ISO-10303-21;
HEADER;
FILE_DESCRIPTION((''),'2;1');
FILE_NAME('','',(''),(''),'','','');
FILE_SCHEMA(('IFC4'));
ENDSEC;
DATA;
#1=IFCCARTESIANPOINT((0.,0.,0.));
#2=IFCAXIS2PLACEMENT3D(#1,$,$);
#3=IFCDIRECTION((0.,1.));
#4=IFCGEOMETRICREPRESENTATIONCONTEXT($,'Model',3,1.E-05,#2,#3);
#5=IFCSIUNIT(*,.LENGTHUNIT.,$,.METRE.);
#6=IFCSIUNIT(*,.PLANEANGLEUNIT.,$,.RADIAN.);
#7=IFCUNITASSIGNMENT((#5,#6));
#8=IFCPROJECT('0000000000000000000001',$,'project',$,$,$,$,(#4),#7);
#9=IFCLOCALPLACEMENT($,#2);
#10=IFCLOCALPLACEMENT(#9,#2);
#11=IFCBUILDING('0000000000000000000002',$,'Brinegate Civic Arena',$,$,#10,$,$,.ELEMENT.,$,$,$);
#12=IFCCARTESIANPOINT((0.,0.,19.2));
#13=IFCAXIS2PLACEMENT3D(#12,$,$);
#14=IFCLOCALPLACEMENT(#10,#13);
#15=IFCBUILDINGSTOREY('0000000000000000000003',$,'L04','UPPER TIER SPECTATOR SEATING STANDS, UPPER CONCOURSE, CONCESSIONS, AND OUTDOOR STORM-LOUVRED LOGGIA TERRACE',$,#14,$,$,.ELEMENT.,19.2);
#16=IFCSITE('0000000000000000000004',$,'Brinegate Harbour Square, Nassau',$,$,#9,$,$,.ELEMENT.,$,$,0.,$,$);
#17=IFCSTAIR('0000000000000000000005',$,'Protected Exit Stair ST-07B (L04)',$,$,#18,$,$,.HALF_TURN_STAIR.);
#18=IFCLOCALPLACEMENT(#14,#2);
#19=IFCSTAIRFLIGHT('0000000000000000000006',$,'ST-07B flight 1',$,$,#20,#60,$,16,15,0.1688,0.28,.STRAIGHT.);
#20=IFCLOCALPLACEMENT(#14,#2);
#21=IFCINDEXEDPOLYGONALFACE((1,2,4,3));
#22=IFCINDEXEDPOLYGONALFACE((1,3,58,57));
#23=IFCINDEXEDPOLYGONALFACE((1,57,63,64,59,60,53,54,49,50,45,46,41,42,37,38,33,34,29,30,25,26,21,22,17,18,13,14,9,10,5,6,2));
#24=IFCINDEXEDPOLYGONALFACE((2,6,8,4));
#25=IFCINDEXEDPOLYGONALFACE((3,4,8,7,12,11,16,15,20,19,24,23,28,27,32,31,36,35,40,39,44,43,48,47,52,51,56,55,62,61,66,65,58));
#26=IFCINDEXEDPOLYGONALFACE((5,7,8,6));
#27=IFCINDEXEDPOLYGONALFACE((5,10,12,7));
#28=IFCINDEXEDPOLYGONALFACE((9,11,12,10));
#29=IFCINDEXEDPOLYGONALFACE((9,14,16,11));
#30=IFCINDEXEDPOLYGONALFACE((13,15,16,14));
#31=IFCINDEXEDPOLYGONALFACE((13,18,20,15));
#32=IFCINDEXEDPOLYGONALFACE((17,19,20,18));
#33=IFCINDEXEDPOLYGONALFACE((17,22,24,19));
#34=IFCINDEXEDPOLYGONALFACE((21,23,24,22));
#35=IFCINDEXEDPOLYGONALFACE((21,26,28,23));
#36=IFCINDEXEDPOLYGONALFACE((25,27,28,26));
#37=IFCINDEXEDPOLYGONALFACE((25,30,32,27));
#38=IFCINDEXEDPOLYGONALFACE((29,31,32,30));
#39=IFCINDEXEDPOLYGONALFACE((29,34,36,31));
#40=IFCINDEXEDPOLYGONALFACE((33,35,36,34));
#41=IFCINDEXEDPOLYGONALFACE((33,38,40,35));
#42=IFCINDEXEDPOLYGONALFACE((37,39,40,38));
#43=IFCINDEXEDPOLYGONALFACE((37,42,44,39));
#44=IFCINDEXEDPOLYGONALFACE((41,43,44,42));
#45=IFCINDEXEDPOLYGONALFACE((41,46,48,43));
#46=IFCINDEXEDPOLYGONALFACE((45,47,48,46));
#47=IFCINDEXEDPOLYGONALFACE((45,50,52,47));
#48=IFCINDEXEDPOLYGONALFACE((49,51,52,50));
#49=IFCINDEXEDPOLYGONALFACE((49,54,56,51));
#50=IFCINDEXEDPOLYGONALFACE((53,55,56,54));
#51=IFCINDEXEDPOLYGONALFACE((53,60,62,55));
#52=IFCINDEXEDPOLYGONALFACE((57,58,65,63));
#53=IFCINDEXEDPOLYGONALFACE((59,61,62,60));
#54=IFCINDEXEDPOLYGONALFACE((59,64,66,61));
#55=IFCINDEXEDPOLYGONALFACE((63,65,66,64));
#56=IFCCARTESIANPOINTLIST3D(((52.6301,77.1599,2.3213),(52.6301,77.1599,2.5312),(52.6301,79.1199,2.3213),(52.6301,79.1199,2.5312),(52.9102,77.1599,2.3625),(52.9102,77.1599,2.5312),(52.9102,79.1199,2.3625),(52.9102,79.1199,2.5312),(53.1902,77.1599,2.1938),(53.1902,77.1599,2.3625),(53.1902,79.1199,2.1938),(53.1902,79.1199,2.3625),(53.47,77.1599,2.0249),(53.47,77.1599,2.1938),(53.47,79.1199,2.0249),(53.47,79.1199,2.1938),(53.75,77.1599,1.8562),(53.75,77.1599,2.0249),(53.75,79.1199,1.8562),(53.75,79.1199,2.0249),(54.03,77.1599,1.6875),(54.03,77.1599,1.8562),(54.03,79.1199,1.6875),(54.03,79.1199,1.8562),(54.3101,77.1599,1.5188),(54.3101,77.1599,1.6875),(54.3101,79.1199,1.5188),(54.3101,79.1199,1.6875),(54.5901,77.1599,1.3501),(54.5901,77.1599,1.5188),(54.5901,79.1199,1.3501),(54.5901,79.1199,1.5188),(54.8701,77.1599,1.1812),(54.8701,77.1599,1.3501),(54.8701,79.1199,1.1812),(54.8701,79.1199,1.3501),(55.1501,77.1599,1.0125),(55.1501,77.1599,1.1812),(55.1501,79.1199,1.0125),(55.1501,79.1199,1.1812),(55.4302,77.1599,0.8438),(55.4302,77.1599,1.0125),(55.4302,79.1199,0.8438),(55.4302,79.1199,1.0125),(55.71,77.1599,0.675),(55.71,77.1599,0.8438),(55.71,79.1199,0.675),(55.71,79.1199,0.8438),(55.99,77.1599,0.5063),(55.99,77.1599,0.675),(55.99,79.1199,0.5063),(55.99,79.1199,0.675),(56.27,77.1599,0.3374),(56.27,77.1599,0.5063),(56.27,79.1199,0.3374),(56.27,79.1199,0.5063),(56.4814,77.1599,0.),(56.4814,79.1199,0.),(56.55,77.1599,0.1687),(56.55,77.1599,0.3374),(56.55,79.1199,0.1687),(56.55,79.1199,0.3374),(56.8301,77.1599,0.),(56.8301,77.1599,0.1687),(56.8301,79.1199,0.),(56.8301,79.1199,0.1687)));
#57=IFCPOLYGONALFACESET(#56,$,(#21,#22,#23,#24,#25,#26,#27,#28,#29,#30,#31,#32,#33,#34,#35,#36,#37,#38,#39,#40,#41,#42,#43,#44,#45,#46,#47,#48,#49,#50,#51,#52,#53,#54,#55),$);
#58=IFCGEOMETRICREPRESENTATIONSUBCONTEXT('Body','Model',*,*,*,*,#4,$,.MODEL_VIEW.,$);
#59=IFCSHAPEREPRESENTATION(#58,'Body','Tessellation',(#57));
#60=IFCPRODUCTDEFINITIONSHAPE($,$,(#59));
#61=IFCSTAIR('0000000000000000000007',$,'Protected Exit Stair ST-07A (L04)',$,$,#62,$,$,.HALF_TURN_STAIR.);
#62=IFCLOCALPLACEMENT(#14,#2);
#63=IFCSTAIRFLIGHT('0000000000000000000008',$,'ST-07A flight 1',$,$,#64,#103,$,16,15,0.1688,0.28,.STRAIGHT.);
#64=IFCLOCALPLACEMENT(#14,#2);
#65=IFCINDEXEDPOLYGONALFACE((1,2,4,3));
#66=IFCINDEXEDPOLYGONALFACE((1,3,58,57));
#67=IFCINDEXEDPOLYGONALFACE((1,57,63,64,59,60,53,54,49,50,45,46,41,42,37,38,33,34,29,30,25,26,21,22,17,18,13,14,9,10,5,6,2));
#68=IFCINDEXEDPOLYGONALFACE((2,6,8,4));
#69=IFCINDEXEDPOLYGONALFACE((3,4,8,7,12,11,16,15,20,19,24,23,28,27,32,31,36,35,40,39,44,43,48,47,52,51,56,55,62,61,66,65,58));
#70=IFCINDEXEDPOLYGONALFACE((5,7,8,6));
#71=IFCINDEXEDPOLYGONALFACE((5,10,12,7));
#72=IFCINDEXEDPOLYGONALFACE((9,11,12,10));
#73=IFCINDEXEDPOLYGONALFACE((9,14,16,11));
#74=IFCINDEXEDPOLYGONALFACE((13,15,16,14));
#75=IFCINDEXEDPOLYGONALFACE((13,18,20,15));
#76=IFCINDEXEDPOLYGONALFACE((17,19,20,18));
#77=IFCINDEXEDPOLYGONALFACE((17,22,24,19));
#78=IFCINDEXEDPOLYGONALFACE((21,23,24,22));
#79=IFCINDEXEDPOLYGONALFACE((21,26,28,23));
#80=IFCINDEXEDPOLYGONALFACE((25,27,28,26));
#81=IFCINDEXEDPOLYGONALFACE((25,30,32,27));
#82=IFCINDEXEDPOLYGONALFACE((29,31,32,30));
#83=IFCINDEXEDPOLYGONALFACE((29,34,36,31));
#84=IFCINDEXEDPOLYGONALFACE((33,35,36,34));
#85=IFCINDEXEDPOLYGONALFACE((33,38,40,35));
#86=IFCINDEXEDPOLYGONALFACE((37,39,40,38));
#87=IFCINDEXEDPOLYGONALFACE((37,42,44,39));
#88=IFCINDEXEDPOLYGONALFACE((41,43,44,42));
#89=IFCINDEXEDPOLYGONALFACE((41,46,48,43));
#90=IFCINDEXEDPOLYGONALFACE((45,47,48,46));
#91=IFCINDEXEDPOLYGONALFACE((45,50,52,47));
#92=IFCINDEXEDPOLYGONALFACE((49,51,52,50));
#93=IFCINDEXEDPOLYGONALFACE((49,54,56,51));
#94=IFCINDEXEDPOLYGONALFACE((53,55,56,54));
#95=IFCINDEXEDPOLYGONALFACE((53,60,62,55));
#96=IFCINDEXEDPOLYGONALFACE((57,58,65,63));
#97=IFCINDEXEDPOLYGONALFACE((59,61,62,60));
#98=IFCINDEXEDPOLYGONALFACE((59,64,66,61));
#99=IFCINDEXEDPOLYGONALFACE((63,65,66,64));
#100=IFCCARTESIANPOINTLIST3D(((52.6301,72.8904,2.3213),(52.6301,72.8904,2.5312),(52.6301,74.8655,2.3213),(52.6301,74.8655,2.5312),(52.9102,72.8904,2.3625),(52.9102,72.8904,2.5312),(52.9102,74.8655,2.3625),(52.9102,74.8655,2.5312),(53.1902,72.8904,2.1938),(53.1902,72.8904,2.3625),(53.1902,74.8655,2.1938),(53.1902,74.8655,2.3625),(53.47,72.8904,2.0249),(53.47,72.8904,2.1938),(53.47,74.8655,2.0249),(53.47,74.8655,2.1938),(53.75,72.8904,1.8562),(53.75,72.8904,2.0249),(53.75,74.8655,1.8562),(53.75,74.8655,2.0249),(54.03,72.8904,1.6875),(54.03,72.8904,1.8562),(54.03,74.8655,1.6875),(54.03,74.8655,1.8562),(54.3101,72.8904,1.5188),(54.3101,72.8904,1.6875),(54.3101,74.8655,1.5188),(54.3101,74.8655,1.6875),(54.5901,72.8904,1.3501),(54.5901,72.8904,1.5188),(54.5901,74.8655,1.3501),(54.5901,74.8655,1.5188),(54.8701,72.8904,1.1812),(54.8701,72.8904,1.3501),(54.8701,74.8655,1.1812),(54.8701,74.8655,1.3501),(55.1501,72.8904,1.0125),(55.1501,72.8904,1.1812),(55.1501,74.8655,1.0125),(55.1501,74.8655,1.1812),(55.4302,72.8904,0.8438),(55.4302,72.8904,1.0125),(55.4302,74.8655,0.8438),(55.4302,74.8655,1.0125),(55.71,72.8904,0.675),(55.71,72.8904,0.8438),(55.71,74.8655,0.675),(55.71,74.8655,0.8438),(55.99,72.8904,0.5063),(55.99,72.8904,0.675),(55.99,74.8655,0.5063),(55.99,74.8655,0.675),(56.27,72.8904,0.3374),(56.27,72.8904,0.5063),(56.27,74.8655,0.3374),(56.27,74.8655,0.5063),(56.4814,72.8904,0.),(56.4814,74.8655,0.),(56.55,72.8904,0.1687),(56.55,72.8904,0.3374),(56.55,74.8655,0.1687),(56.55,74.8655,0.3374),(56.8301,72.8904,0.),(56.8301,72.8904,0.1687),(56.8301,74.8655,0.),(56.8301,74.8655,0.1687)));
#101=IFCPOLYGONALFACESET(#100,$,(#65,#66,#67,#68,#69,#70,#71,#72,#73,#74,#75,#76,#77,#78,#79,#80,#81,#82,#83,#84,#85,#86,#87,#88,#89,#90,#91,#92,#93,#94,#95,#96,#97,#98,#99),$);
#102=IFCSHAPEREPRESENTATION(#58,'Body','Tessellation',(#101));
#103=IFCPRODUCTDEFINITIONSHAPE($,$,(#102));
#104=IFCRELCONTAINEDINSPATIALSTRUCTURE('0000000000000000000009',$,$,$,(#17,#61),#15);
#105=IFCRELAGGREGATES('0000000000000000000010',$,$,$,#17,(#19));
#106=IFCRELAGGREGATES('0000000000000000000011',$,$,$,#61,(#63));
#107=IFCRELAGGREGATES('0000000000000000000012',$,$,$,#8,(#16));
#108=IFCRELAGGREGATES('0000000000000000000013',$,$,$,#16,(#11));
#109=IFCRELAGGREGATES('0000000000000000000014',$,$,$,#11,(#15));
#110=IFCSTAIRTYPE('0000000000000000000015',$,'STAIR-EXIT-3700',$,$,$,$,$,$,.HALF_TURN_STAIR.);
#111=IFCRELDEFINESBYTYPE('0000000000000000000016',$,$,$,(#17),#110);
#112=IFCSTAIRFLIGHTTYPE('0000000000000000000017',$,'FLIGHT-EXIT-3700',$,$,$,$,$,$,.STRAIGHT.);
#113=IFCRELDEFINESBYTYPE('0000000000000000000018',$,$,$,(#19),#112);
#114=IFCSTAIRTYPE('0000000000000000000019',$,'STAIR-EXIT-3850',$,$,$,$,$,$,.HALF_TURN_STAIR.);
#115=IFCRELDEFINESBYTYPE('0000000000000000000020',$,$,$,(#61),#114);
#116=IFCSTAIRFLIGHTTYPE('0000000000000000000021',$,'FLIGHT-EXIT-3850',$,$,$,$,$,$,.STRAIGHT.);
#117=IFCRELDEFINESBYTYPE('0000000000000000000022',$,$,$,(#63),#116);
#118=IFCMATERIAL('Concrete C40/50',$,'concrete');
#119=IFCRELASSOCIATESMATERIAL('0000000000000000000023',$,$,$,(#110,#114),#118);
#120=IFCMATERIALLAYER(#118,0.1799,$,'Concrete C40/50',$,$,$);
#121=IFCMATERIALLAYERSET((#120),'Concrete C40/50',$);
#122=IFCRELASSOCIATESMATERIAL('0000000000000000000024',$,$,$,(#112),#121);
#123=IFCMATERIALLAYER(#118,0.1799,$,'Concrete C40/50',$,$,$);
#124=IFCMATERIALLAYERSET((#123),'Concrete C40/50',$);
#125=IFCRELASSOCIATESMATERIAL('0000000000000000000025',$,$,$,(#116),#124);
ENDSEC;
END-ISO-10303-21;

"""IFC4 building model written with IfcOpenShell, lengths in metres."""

from ifc_helpers import new_model, si_unit, direction, frame, origin, place, context, subcontext, project, spatial, polyline, outline, extrude, material, layer, layer_set, type_object, element, aggregate, save


model = new_model("IFC4")

# Units and contexts
model_context = context("Model", 3, precision=1e-05, world=origin(), true_north=direction((0.0, 1.0)))
body_context = subcontext(model_context, "Body", "Model", "MODEL_VIEW")
ifc_project = project(units=[si_unit("LENGTHUNIT", "METRE"), si_unit("PLANEANGLEUNIT", "RADIAN")], contexts=[model_context])

# Site, building, storey
site_placement = place(None, origin())
site = spatial("IfcSite", under=ifc_project, at=site_placement, Name="Brinegate Harbour Square, Nassau", CompositionType="ELEMENT", RefElevation=0.0)
building_placement = place(site_placement, origin())
building = spatial("IfcBuilding", under=site, at=building_placement, Name="Brinegate Civic Arena", CompositionType="ELEMENT")
storey_placement = place(building_placement, frame((0.0, 0.0, 19.2)))
storey = spatial("IfcBuildingStorey", under=building, at=storey_placement, Name="L04", Description="UPPER TIER SPECTATOR SEATING STANDS, UPPER CONCOURSE, CONCESSIONS, AND OUTDOOR STORM-LOUVRED LOGGIA TERRACE", CompositionType="ELEMENT", Elevation=19.2)

# Stairs, stair flights
ifc_material_1 = material(Name="Concrete C40/50", Category="concrete")
stair_type_1 = type_object("IfcStairType", Name="STAIR-EXIT-3700", PredefinedType="HALF_TURN_STAIR", material=ifc_material_1)
stair_1_placement = place(storey_placement, origin())
stair_1 = element("IfcStair", 1, at=stair_1_placement, inside=storey, type_object=stair_type_1, Name="Protected Exit Stair ST-07B (L04)", PredefinedType="HALF_TURN_STAIR")
ifc_layer_1 = layer(ifc_material_1, 0.1799, Name="Concrete C40/50")
ifc_layer_set_1 = layer_set([ifc_layer_1], Name="Concrete C40/50")
stair_flight_type_1 = type_object("IfcStairFlightType", Name="FLIGHT-EXIT-3700", PredefinedType="STRAIGHT", material=ifc_layer_set_1)
stair_flight_1_placement = place(storey_placement, frame((56.8301, 78.1399, 0.0), z_axis=(0.0, 0.0, 1.0), x_axis=(-1.0, 0.0, 0.0)))
stair_flight_1 = element("IfcStairFlight", 2, at=stair_flight_1_placement, type_object=stair_flight_type_1, Name="ST-07B flight 1", NumberOfRisers=16, NumberOfTreads=15, PredefinedType="STRAIGHT", RiserHeight=0.1688, TreadLength=0.28, context=body_context, shape_type="SweptSolid", body=[
    extrude(outline(polyline([(0.0, 0.0), (0.0, 0.1687), (0.28, 0.1687), (0.28, 0.3374), (0.5601, 0.3374), (0.5601, 0.5063), (0.8401, 0.5063), (0.8401, 0.675), (1.1201, 0.675), (1.1201, 0.8438), (1.3999, 0.8438), (1.3999, 1.0125), (1.6799, 1.0125), (1.6799, 1.1812), (1.96, 1.1812), (1.96, 1.3501), (2.24, 1.3501), (2.24, 1.5188), (2.52, 1.5188), (2.52, 1.6875), (2.8, 1.6875), (2.8, 1.8562), (3.0801, 1.8562), (3.0801, 2.0249), (3.3601, 2.0249), (3.3601, 2.1938), (3.6399, 2.1938), (3.6399, 2.3625), (3.9199, 2.3625), (3.9199, 2.5312), (4.2, 2.5312), (4.2, 2.7), (4.2, 2.3213), (0.3486, 0.0), (0.0, 0.0)])), frame((0.0, 0.98, 0.0), z_axis=(0.0, -1.0, 0.0), x_axis=(1.0, 0.0, 0.0)), (0.0, 0.0, 1.0), 1.96),
])
aggregate(stair_1, [stair_flight_1])
stair_type_2 = type_object("IfcStairType", Name="STAIR-EXIT-3850", PredefinedType="HALF_TURN_STAIR", material=ifc_material_1)
stair_2_placement = place(storey_placement, origin())
stair_2 = element("IfcStair", 3, at=stair_2_placement, inside=storey, type_object=stair_type_2, Name="Protected Exit Stair ST-07A (L04)", PredefinedType="HALF_TURN_STAIR")
ifc_layer_2 = layer(ifc_material_1, 0.1799, Name="Concrete C40/50")
ifc_layer_set_2 = layer_set([ifc_layer_2], Name="Concrete C40/50")
stair_flight_type_2 = type_object("IfcStairFlightType", Name="FLIGHT-EXIT-3850", PredefinedType="STRAIGHT", material=ifc_layer_set_2)
stair_flight_2_placement = place(storey_placement, frame((56.8301, 73.8779, 0.0), z_axis=(0.0, 0.0, 1.0), x_axis=(-1.0, 0.0, 0.0)))
stair_flight_2 = element("IfcStairFlight", 4, at=stair_flight_2_placement, type_object=stair_flight_type_2, Name="ST-07A flight 1", NumberOfRisers=16, NumberOfTreads=15, PredefinedType="STRAIGHT", RiserHeight=0.1688, TreadLength=0.28, context=body_context, shape_type="SweptSolid", body=[
    extrude(outline(polyline([(0.0, 0.0), (0.0, 0.1687), (0.28, 0.1687), (0.28, 0.3374), (0.5601, 0.3374), (0.5601, 0.5063), (0.8401, 0.5063), (0.8401, 0.675), (1.1201, 0.675), (1.1201, 0.8438), (1.3999, 0.8438), (1.3999, 1.0125), (1.6799, 1.0125), (1.6799, 1.1812), (1.96, 1.1812), (1.96, 1.3501), (2.24, 1.3501), (2.24, 1.5188), (2.52, 1.5188), (2.52, 1.6875), (2.8, 1.6875), (2.8, 1.8562), (3.0801, 1.8562), (3.0801, 2.0249), (3.3601, 2.0249), (3.3601, 2.1938), (3.6399, 2.1938), (3.6399, 2.3625), (3.9199, 2.3625), (3.9199, 2.5312), (4.2, 2.5312), (4.2, 2.7), (4.2, 2.3213), (0.3486, 0.0), (0.0, 0.0)])), frame((0.0, 0.9875, 0.0), z_axis=(0.0, -1.0, 0.0), x_axis=(1.0, 0.0, 0.0)), (0.0, 0.0, 1.0), 1.9751),
])
aggregate(stair_2, [stair_flight_2])

save(model, "model.ifc")
